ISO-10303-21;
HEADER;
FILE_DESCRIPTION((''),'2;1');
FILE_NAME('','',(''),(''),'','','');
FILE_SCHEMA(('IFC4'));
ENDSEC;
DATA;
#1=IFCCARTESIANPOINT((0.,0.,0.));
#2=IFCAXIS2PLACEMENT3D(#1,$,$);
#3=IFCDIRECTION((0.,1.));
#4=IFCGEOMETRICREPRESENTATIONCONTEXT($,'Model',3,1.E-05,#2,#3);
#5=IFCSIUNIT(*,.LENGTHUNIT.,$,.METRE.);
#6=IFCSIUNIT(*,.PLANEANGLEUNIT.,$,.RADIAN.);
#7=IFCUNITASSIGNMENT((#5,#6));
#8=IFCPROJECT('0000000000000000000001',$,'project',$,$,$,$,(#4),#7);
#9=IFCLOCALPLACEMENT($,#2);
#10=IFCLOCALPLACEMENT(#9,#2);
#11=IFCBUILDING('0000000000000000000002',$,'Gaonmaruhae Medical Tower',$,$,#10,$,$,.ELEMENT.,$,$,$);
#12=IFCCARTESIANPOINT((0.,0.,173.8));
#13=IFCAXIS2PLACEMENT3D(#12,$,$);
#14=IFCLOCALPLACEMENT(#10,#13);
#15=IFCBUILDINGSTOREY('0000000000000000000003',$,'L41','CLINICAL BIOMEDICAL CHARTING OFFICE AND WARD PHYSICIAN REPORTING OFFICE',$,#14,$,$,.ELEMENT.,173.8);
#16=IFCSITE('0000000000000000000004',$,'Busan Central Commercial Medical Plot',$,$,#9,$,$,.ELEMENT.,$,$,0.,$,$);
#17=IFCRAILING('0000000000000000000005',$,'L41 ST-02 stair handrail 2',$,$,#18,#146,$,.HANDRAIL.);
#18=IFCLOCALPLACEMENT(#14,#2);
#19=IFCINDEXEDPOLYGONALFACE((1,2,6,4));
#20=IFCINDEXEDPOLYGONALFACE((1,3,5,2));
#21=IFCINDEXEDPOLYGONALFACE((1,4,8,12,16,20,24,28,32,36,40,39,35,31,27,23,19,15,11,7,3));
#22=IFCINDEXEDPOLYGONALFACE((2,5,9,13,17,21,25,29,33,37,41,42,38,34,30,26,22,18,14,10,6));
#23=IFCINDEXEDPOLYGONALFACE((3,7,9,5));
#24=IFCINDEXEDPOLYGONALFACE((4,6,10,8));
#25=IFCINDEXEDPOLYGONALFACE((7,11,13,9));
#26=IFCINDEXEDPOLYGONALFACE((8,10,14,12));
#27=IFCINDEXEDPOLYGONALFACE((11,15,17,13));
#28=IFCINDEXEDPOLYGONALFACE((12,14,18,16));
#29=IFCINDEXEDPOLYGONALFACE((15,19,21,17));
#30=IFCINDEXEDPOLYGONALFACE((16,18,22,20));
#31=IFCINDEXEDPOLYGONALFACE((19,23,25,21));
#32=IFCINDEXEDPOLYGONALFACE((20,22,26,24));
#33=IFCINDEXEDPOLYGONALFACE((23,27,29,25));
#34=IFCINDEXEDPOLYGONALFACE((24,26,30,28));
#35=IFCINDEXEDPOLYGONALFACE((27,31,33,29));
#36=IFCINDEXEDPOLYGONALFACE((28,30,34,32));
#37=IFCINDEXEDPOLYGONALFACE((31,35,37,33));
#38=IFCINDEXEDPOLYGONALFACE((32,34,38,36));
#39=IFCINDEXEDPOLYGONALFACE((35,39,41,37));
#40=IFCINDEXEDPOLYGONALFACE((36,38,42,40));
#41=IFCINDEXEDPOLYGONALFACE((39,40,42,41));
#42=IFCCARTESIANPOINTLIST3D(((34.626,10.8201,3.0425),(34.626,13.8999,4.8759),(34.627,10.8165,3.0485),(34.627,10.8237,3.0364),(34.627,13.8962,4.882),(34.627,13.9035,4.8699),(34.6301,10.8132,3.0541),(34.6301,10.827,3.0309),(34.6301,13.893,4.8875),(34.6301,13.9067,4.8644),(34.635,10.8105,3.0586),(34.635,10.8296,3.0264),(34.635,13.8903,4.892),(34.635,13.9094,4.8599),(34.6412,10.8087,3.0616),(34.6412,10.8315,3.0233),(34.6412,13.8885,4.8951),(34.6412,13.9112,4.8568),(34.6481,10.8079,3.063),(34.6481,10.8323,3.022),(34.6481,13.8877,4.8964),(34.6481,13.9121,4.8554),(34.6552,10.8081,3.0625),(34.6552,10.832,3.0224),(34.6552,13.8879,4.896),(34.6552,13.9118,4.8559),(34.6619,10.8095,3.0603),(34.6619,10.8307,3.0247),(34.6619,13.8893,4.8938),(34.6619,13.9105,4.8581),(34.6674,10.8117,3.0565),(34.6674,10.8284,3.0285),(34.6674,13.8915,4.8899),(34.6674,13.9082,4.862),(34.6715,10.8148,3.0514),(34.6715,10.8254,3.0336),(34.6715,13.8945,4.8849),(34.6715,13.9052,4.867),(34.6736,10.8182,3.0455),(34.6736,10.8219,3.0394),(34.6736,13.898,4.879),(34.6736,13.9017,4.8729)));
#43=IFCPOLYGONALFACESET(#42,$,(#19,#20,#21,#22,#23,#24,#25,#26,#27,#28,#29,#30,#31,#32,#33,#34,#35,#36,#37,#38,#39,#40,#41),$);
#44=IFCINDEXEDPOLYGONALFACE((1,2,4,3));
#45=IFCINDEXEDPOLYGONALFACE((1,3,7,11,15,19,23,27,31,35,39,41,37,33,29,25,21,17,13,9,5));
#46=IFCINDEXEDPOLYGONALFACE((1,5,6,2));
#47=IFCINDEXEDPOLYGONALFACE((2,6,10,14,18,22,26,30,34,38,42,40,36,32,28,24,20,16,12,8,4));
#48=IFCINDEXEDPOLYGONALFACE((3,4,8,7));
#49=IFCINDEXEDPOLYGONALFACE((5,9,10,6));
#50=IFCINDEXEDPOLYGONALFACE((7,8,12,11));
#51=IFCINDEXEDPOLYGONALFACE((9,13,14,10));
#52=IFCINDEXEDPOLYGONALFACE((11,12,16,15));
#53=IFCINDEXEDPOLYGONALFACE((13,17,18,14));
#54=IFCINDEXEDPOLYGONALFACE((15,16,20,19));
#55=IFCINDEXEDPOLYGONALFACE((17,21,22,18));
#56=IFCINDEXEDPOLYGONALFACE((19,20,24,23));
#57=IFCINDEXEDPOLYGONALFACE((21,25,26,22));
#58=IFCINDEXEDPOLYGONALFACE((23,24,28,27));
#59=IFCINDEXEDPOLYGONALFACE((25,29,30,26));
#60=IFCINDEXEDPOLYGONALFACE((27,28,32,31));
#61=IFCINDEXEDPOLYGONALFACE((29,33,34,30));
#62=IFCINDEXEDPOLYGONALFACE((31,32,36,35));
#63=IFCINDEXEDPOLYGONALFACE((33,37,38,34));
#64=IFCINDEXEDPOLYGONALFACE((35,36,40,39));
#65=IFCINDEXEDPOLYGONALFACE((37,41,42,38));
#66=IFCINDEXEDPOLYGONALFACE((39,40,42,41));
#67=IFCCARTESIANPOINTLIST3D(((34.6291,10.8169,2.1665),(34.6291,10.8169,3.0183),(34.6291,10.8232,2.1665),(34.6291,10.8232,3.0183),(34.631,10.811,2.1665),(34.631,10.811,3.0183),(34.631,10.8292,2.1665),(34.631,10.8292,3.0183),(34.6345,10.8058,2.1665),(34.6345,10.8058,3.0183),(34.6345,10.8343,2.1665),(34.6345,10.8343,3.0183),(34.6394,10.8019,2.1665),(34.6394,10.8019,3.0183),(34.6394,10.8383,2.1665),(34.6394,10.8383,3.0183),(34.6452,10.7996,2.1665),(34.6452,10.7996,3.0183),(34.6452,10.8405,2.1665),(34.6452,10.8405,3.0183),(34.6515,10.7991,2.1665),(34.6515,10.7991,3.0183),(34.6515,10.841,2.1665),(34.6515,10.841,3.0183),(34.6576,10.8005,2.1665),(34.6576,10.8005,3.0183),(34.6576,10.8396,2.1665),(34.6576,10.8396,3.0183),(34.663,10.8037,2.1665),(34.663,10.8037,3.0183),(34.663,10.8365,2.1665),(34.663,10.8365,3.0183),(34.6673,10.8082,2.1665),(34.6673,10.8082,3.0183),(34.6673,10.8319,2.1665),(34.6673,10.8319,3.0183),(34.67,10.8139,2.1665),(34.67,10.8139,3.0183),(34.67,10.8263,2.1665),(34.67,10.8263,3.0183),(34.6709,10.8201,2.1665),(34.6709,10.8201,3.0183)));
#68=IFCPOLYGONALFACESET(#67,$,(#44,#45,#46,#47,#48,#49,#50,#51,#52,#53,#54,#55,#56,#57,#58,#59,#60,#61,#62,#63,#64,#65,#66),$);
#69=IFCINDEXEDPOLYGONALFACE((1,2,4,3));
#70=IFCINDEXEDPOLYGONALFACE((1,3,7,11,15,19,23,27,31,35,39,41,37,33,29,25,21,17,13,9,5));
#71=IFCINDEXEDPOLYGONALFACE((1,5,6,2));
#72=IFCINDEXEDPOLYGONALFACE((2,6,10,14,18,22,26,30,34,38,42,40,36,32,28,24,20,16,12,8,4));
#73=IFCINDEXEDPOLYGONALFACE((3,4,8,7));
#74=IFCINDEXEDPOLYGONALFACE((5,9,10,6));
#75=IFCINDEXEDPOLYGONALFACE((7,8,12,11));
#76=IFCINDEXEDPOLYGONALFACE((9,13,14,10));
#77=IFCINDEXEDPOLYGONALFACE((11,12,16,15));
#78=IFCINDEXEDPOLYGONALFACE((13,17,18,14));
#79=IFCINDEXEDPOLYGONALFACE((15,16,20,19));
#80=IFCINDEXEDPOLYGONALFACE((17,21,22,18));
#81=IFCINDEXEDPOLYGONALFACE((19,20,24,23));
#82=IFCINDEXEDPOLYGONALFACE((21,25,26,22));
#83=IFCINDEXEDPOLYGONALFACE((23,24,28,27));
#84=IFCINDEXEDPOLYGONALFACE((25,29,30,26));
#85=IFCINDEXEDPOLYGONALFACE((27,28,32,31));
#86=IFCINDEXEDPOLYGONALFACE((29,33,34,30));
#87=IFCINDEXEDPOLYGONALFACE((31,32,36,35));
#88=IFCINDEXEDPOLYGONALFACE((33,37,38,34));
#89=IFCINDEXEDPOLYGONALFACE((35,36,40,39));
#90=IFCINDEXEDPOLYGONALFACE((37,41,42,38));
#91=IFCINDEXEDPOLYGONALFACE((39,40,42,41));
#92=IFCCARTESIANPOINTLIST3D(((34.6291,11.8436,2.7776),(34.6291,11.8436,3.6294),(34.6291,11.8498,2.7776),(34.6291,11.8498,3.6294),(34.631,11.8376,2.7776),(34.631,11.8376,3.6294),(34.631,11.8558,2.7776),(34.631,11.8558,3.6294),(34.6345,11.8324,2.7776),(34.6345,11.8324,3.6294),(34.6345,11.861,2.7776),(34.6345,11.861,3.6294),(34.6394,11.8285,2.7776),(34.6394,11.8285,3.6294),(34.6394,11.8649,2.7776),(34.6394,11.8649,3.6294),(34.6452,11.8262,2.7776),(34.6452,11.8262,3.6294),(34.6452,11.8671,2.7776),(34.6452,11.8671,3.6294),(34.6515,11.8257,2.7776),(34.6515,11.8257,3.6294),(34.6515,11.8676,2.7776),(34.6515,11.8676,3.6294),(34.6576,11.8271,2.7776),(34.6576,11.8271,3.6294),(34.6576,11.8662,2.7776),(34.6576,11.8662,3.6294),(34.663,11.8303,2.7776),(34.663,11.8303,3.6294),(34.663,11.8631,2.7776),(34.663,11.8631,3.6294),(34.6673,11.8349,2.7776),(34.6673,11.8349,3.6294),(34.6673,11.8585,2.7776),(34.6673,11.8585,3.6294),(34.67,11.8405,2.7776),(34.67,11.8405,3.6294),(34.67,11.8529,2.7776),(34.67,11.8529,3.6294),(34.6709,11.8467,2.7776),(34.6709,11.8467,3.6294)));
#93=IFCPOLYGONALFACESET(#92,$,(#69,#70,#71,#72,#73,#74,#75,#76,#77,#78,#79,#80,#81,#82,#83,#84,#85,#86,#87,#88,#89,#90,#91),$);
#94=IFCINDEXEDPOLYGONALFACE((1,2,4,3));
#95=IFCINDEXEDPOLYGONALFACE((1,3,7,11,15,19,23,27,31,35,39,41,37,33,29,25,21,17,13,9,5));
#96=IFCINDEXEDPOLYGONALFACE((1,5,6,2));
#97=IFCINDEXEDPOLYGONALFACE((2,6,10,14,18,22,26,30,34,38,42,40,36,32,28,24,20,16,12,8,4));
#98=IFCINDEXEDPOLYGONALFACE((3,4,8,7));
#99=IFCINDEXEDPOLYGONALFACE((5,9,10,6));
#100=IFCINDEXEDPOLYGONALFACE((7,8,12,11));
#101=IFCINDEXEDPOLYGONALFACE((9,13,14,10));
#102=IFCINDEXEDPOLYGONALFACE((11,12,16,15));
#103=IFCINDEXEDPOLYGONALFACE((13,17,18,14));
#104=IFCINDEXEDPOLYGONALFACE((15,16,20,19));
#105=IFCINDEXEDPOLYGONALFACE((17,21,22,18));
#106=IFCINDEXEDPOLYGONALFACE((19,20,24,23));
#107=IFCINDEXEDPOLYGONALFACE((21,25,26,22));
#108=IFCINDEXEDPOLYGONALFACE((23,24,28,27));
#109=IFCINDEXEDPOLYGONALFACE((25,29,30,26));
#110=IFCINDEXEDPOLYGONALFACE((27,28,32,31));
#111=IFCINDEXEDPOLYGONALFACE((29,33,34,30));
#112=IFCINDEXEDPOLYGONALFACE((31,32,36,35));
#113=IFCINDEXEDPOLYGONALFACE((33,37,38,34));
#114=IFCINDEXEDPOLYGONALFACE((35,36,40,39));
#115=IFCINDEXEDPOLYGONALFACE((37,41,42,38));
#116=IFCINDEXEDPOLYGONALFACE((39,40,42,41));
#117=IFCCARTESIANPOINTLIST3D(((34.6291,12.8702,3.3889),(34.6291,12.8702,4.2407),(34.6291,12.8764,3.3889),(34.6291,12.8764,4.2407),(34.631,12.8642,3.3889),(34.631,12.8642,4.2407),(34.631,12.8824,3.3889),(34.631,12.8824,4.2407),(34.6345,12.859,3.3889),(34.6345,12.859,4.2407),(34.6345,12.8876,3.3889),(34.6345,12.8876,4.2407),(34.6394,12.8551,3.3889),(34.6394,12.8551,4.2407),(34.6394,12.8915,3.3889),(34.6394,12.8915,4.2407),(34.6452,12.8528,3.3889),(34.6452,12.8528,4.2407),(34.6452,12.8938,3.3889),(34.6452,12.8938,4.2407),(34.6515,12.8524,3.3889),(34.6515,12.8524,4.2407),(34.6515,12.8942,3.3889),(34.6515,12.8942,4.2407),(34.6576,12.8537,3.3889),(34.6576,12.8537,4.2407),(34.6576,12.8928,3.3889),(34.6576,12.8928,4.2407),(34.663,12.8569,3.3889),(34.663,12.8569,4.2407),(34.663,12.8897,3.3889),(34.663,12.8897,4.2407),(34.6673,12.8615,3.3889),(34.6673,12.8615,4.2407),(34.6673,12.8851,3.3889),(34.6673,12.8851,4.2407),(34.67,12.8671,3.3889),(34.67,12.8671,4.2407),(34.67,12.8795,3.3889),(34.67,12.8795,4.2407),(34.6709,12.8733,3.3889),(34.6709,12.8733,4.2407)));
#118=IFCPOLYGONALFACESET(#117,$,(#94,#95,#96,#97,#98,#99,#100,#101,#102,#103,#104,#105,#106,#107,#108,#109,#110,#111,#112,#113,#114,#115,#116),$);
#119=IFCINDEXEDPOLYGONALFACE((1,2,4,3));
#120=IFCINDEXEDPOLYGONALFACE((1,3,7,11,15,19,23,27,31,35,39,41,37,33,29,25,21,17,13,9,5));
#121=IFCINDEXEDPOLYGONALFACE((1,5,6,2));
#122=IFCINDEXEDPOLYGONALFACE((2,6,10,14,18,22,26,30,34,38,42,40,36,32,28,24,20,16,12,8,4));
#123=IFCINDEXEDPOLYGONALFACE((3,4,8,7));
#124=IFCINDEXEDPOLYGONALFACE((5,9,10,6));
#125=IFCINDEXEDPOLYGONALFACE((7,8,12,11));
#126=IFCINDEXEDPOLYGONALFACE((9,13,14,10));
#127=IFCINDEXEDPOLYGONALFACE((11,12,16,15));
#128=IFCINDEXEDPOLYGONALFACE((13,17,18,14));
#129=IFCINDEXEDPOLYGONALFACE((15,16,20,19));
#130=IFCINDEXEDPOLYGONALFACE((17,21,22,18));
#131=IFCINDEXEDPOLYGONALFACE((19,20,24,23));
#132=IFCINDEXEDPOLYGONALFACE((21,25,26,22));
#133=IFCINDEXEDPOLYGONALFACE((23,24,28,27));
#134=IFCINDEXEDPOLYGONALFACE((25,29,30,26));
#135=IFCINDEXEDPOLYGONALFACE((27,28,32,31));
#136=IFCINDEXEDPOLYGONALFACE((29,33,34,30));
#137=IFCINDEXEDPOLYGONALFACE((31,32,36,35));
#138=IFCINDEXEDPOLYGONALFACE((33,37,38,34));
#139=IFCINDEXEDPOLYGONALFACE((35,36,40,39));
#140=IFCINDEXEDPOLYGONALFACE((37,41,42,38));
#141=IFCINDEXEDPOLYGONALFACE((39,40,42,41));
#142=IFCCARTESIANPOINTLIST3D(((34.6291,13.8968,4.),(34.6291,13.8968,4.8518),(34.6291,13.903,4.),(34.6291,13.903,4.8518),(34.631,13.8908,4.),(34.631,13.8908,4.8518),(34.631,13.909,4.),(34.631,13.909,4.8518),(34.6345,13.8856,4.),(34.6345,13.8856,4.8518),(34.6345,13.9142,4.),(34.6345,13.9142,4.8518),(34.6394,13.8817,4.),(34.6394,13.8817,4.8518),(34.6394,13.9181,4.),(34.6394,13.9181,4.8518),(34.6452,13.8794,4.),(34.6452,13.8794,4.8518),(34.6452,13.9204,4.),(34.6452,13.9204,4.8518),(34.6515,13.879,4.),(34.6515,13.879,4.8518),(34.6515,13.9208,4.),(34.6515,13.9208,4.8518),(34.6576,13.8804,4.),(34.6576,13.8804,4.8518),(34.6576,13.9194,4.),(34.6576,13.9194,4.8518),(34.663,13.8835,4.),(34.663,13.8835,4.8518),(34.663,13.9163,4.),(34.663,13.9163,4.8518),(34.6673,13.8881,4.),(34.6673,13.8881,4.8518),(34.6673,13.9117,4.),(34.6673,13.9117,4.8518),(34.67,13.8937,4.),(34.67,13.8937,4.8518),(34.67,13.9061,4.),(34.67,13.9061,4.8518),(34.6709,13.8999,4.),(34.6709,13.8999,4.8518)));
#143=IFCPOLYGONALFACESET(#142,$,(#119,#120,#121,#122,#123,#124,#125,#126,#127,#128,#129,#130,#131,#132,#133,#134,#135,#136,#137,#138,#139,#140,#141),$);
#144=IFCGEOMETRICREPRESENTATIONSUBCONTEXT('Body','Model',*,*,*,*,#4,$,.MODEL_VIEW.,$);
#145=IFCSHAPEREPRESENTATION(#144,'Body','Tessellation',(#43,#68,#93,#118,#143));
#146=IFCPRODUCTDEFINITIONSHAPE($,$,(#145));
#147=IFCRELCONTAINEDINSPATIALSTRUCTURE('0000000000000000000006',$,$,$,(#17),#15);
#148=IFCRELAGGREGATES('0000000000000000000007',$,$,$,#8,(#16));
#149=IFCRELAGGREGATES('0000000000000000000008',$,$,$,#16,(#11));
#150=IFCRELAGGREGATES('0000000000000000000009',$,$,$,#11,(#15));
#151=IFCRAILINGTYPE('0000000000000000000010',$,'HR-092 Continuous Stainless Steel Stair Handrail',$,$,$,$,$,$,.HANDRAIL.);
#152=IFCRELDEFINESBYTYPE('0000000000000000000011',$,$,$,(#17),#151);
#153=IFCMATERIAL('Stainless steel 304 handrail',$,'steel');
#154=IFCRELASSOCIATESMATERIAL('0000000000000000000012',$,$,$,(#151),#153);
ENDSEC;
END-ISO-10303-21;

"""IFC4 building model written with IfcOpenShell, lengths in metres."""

from ifc_helpers import new_model, si_unit, direction, frame, origin, origin_2d, place, context, subcontext, project, spatial, circle, extrude, material, type_object, element, save


model = new_model("IFC4")

# Units and contexts
model_context = context("Model", 3, precision=1e-05, world=origin(), true_north=direction((0.0, 1.0)))
body_context = subcontext(model_context, "Body", "Model", "MODEL_VIEW")
ifc_project = project(units=[si_unit("LENGTHUNIT", "METRE"), si_unit("PLANEANGLEUNIT", "RADIAN")], contexts=[model_context])

# Site, building, storey
site_placement = place(None, origin())
site = spatial("IfcSite", under=ifc_project, at=site_placement, Name="Busan Central Commercial Medical Plot", CompositionType="ELEMENT", RefElevation=0.0)
building_placement = place(site_placement, origin())
building = spatial("IfcBuilding", under=site, at=building_placement, Name="Gaonmaruhae Medical Tower", CompositionType="ELEMENT")
storey_placement = place(building_placement, frame((0.0, 0.0, 173.8)))
storey = spatial("IfcBuildingStorey", under=building, at=storey_placement, Name="L41", Description="CLINICAL BIOMEDICAL CHARTING OFFICE AND WARD PHYSICIAN REPORTING OFFICE", CompositionType="ELEMENT", Elevation=173.8)

# Railing
ifc_material_1 = material(Name="Stainless steel 304 handrail", Category="steel")
railing_type_1 = type_object("IfcRailingType", Name="HR-092 Continuous Stainless Steel Stair Handrail", PredefinedType="HANDRAIL", material=ifc_material_1)
railing_1_placement = place(storey_placement, frame((34.6499, 10.8201, 2.1665)))
element("IfcRailing", 1, at=railing_1_placement, inside=storey, type_object=railing_type_1, Name="L41 ST-02 stair handrail 2", PredefinedType="HANDRAIL", context=body_context, shape_type="SweptSolid", body=[
    extrude(circle(Radius=0.0239, at=origin_2d()), frame((0.0, 0.0, 0.876), z_axis=(0.0, 0.859261, 0.511538), x_axis=(-1.0, 0.0, 0.0)), (0.0, 0.0, 1.0), 3.5842),
    extrude(circle(Radius=0.021, at=origin_2d()), origin(), (0.0, 0.0, 1.0), 0.8518),
    extrude(circle(Radius=0.021, at=origin_2d()), frame((0.0, 1.0266, 0.6111)), (0.0, 0.0, 1.0), 0.8518),
    extrude(circle(Radius=0.021, at=origin_2d()), frame((0.0, 2.0532, 1.2224)), (0.0, 0.0, 1.0), 0.8518),
    extrude(circle(Radius=0.021, at=origin_2d()), frame((0.0, 3.0798, 1.8335)), (0.0, 0.0, 1.0), 0.8518),
])

save(model, "model.ifc")
